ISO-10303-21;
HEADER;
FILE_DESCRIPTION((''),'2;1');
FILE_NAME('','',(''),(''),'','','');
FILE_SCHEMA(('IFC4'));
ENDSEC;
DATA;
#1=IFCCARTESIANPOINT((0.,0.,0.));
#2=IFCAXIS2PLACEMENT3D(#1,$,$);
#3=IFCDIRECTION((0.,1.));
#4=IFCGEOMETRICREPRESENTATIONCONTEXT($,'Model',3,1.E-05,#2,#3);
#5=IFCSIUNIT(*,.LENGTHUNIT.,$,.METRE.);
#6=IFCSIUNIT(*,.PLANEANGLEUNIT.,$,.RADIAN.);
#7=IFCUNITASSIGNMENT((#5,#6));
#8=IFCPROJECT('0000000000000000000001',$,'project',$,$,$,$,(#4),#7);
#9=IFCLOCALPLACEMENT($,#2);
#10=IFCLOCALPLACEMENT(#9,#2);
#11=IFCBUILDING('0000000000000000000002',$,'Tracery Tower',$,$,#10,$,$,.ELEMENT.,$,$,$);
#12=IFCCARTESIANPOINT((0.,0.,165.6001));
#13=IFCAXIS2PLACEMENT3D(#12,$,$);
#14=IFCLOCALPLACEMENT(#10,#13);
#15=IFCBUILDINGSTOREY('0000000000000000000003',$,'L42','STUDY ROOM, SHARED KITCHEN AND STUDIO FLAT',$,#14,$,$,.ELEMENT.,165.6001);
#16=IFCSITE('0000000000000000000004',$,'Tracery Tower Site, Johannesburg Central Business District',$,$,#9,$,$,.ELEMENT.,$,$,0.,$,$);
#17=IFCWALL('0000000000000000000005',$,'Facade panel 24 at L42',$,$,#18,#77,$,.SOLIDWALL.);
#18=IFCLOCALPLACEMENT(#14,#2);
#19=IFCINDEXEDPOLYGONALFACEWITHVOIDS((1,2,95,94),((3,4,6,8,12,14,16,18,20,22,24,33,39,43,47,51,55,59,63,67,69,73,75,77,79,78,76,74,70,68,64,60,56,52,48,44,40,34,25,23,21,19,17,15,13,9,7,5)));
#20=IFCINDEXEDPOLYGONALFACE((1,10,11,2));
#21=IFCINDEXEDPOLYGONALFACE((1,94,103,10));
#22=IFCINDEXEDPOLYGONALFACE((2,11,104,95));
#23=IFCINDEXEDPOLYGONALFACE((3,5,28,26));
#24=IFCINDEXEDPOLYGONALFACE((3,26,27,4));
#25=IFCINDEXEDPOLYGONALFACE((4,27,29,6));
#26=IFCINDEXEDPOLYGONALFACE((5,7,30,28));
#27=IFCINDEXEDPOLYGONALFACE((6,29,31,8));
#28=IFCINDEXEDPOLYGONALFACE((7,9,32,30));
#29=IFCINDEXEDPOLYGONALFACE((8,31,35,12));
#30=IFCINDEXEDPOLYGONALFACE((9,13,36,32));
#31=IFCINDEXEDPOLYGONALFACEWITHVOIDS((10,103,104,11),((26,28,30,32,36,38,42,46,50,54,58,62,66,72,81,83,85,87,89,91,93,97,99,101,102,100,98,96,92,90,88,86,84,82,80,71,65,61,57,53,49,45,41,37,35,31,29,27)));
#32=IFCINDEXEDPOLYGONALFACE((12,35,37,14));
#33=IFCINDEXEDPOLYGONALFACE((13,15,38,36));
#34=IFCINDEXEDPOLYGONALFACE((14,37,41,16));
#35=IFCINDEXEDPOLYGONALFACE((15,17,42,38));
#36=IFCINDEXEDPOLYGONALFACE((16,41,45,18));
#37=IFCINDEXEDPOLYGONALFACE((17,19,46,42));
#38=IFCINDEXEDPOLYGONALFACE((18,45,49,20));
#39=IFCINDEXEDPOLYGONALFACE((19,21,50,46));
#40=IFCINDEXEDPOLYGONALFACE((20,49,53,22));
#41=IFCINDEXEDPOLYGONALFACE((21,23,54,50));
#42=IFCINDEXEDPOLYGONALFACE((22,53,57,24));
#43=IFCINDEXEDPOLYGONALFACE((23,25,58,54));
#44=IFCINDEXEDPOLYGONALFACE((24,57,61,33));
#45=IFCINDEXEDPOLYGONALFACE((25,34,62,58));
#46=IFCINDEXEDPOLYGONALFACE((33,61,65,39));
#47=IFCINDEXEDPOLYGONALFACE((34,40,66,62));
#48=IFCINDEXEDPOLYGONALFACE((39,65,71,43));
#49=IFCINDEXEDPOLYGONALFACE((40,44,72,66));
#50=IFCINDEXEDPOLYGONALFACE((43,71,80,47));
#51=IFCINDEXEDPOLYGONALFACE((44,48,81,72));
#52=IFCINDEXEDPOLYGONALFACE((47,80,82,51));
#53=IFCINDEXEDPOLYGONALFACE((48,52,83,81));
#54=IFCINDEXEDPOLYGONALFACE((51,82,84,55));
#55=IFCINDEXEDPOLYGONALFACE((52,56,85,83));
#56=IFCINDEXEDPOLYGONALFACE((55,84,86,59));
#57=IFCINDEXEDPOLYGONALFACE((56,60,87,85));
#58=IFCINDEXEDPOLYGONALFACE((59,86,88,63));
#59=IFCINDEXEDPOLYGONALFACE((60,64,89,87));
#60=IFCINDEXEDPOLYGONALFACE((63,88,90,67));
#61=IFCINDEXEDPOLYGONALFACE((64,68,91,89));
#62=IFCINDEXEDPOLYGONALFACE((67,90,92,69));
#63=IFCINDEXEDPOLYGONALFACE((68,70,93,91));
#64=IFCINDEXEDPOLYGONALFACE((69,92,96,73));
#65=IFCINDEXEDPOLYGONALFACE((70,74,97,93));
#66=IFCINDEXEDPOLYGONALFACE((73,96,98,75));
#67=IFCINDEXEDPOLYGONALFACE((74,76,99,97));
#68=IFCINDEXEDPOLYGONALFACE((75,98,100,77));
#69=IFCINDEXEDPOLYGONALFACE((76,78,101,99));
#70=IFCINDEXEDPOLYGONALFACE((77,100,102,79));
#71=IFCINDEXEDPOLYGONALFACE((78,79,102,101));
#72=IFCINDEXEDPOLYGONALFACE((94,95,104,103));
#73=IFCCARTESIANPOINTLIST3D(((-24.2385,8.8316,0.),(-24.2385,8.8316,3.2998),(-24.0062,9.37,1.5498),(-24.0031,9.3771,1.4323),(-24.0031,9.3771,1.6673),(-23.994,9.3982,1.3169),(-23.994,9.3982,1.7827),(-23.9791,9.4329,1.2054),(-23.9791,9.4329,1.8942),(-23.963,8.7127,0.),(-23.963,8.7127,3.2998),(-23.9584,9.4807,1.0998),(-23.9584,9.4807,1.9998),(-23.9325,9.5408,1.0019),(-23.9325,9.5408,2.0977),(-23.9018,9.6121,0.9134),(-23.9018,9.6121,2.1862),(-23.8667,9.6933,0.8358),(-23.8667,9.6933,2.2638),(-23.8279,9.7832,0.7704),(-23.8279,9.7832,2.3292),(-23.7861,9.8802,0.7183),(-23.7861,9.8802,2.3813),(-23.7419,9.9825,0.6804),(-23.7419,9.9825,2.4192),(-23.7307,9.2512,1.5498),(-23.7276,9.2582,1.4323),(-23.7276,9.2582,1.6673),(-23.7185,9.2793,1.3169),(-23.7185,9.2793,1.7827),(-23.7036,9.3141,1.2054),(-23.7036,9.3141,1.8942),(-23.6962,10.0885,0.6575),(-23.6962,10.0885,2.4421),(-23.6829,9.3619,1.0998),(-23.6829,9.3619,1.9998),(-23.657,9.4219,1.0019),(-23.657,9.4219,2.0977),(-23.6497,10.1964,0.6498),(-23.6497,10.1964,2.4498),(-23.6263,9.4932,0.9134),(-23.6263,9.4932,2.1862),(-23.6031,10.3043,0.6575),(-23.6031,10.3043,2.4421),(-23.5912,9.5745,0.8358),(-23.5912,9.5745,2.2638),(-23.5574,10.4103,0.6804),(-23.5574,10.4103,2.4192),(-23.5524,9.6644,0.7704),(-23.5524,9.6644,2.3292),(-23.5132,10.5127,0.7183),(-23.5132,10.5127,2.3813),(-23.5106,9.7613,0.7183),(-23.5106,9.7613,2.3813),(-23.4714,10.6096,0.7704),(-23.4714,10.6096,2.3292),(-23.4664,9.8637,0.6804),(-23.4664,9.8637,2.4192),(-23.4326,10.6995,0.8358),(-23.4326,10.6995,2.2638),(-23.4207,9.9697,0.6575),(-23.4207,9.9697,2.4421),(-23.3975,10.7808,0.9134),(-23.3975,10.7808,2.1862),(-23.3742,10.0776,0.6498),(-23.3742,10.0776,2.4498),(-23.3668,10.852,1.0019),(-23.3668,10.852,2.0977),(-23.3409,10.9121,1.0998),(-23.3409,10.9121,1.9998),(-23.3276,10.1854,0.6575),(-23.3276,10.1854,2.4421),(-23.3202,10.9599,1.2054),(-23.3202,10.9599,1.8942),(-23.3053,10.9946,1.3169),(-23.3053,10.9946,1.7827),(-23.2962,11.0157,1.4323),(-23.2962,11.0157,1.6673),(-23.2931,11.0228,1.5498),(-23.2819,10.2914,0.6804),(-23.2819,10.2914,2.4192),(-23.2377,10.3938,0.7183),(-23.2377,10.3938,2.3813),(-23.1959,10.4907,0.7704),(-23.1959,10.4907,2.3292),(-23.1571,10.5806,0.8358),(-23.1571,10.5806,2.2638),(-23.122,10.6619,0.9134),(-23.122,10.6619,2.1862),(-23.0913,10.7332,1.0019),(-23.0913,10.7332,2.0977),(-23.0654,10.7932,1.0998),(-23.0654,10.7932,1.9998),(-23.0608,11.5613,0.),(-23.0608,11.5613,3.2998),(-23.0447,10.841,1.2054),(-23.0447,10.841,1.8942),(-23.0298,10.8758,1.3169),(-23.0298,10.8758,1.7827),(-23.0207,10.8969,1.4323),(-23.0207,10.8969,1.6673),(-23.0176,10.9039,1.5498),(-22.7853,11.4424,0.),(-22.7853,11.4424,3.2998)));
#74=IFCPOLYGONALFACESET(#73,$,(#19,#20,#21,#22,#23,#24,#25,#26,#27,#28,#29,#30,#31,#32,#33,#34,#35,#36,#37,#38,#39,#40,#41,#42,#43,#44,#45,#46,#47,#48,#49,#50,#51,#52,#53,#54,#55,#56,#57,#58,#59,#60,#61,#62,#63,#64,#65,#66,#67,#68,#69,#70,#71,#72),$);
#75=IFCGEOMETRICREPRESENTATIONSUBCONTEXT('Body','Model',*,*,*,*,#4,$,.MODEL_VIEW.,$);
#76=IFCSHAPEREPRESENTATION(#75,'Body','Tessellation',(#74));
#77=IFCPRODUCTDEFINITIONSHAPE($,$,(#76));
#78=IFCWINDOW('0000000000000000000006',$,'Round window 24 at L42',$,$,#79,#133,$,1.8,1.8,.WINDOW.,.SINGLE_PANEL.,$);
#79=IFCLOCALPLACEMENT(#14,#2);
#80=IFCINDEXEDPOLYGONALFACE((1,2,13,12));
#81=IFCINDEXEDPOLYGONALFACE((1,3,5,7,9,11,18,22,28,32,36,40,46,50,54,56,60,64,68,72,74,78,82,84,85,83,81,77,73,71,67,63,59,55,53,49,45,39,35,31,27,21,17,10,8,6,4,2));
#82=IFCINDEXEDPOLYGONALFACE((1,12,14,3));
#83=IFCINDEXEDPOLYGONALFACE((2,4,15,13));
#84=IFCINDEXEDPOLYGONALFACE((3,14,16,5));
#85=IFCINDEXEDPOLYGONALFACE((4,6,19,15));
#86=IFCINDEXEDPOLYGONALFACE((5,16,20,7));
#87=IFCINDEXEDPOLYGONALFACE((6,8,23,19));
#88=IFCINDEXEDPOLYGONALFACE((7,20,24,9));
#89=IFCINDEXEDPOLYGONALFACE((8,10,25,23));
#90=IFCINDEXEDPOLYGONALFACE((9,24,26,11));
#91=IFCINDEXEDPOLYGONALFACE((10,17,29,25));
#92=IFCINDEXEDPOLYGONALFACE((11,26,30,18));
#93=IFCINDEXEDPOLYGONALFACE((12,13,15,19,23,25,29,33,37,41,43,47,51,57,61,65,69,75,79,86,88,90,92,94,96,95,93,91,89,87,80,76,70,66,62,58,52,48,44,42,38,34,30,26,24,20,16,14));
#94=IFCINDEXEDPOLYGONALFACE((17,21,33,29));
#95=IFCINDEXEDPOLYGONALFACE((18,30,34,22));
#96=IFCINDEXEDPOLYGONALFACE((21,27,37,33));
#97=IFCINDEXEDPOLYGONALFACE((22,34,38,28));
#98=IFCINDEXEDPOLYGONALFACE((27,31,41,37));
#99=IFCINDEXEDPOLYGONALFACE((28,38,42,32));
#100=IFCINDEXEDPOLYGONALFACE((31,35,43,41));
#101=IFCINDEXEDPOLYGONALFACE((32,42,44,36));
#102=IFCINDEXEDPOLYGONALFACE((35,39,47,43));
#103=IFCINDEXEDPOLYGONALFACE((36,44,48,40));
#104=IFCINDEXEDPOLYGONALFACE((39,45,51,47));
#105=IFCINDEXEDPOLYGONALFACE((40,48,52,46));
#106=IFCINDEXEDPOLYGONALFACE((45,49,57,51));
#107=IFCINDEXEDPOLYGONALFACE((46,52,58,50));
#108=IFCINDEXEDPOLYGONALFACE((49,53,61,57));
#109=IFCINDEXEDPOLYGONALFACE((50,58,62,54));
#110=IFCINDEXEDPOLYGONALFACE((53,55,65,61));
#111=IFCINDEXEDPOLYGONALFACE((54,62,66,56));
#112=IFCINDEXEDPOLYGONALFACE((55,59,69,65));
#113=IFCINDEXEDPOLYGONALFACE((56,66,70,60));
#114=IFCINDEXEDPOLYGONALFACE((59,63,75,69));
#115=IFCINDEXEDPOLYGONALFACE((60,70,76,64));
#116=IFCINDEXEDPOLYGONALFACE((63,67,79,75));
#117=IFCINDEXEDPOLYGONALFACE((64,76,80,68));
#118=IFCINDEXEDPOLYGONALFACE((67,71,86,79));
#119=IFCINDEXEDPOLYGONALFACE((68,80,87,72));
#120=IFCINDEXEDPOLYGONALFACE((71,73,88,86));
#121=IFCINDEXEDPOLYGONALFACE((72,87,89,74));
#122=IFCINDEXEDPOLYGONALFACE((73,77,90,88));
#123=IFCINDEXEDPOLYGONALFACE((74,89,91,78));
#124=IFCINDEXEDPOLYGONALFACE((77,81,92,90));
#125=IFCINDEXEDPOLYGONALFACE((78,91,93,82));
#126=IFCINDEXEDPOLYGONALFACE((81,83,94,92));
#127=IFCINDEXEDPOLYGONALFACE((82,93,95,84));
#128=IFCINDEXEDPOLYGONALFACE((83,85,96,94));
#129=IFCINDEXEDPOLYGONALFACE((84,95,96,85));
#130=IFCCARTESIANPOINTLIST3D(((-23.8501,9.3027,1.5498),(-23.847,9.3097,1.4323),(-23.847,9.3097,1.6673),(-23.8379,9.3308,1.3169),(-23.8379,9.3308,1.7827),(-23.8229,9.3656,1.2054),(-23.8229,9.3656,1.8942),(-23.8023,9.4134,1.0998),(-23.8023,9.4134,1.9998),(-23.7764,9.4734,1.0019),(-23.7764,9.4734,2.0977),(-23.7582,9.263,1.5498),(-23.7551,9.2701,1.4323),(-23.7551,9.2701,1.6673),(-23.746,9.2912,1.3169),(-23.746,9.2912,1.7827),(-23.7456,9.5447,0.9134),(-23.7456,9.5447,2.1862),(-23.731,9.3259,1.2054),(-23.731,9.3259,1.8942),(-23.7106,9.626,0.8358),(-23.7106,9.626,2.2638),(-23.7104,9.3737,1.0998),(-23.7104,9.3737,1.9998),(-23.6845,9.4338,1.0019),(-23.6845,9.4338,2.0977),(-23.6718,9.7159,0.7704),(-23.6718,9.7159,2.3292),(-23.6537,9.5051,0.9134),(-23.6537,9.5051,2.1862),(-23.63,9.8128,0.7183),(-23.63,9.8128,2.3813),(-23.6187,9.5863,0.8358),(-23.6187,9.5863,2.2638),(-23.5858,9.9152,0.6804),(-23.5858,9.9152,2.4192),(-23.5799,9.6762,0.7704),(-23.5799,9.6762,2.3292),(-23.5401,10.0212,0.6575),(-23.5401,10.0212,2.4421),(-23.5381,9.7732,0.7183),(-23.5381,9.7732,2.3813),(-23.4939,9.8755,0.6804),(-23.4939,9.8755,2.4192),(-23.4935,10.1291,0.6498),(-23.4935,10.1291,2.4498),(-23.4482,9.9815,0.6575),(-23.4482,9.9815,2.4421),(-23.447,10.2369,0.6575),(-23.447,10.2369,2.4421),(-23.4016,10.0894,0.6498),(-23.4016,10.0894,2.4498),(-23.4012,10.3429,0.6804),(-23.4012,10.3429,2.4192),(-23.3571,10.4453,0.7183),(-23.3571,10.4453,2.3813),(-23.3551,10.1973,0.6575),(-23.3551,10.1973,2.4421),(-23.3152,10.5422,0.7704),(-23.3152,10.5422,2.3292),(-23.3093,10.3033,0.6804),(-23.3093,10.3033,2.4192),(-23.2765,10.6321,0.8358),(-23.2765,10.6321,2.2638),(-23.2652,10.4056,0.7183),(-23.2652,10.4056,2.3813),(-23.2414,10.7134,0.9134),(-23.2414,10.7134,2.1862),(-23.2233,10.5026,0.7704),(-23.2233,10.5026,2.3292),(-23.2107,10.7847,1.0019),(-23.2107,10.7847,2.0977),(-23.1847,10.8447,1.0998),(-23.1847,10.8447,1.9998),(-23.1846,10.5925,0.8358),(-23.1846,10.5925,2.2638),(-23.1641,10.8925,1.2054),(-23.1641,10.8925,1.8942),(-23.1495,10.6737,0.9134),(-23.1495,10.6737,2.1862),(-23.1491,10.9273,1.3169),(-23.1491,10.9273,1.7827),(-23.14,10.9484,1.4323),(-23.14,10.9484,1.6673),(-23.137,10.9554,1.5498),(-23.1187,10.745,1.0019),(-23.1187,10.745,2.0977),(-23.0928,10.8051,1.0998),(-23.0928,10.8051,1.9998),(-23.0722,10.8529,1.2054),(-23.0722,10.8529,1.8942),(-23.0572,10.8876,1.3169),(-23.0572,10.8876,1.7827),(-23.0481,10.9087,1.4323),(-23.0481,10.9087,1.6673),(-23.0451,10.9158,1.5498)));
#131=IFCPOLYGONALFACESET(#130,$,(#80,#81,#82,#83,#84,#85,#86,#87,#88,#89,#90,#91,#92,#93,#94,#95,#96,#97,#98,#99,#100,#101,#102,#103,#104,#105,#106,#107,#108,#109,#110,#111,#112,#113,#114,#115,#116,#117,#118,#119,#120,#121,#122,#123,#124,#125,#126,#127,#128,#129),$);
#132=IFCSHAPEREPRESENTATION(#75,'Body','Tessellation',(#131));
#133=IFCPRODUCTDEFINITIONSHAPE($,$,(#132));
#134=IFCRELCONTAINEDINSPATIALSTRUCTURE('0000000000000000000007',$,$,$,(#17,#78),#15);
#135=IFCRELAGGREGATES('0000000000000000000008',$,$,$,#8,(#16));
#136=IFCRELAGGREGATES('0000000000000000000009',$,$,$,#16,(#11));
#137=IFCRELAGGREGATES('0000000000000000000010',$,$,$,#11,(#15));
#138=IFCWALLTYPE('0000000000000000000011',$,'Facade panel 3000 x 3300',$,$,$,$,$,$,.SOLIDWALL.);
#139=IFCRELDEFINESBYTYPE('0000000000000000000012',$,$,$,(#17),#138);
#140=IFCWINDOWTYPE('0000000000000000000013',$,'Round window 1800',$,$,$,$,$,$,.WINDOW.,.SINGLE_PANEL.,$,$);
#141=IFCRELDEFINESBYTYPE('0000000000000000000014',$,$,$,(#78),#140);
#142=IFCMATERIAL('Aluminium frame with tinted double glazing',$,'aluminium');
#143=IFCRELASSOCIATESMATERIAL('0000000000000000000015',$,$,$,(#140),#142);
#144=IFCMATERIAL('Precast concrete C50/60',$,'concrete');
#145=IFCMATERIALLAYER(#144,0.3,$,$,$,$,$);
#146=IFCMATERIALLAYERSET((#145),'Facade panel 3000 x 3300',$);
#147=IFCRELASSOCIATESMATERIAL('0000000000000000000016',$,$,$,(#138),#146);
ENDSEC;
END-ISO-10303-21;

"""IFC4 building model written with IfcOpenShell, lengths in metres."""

from ifc_helpers import new_model, si_unit, direction, frame, frame_2d, origin, origin_2d, place, context, subcontext, project, spatial, rectangle, circle, extrude, material, layer, layer_set, type_object, element, fill, save


model = new_model("IFC4")

# Units and contexts
model_context = context("Model", 3, precision=1e-05, world=origin(), true_north=direction((0.0, 1.0)))
body_context = subcontext(model_context, "Body", "Model", "MODEL_VIEW")
ifc_project = project(units=[si_unit("LENGTHUNIT", "METRE"), si_unit("PLANEANGLEUNIT", "RADIAN")], contexts=[model_context])

# Site, building, storey
site_placement = place(None, origin())
site = spatial("IfcSite", under=ifc_project, at=site_placement, Name="Tracery Tower Site, Johannesburg Central Business District", CompositionType="ELEMENT", RefElevation=0.0)
building_placement = place(site_placement, origin())
building = spatial("IfcBuilding", under=site, at=building_placement, Name="Tracery Tower", CompositionType="ELEMENT")
storey_placement = place(building_placement, frame((0.0, 0.0, 165.6001)))
storey = spatial("IfcBuildingStorey", under=building, at=storey_placement, Name="L42", Description="STUDY ROOM, SHARED KITCHEN AND STUDIO FLAT", CompositionType="ELEMENT", Elevation=165.6001)

# Wall, opening, window
ifc_material_1 = material(Name="Aluminium frame with tinted double glazing", Category="aluminium")
window_type = type_object("IfcWindowType", Name="Round window 1800", PartitioningType="SINGLE_PANEL", PredefinedType="WINDOW", material=ifc_material_1)
ifc_material_2 = material(Name="Precast concrete C50/60", Category="concrete")
ifc_layer_1 = layer(ifc_material_2, 0.3)
ifc_layer_set_1 = layer_set([ifc_layer_1], Name="Facade panel 3000 x 3300")
wall_type_1 = type_object("IfcWallType", Name="Facade panel 3000 x 3300", PredefinedType="SOLIDWALL", material=ifc_layer_set_1)
wall_1_placement = place(storey_placement, frame((-22.9231, 11.5017, 0.0), z_axis=(0.0, 0.0, 1.0), x_axis=(-0.396148, -0.918187, 0.0)))
wall_1 = element("IfcWall", 1, at=wall_1_placement, inside=storey, type_object=wall_type_1, Name="Facade panel 24 at L42", PredefinedType="SOLIDWALL", context=body_context, shape_type="SweptSolid", body=[
    extrude(rectangle(XDim=2.9729, YDim=0.3, at=frame_2d((1.4863, 0.0))), origin(), (0.0, 0.0, 1.0), 3.2998),
])
opening_1_placement = place(wall_1_placement, frame((1.4863, 0.0, 1.5498)))
opening_1 = element("IfcOpeningElement", 2, at=opening_1_placement, cuts=wall_1, PredefinedType="OPENING", context=body_context, shape_type="SweptSolid", body=[
    extrude(circle(Radius=0.9, at=origin_2d()), frame((0.0, 0.1599, 0.0), z_axis=(0.0, -1.0, 0.0), x_axis=(1.0, 0.0, 0.0)), (0.0, 0.0, 1.0), 0.3201),
])
window_1_placement = place(opening_1_placement, origin())
window_1 = element("IfcWindow", 3, at=window_1_placement, inside=storey, type_object=window_type, Name="Round window 24 at L42", OverallHeight=1.8, OverallWidth=1.8, PartitioningType="SINGLE_PANEL", PredefinedType="WINDOW", context=body_context, shape_type="SweptSolid", body=[
    extrude(circle(Radius=0.9, at=origin_2d()), frame((0.0, 0.1201, 0.0), z_axis=(0.0, -1.0, 0.0), x_axis=(1.0, 0.0, 0.0)), (0.0, 0.0, 1.0), 0.1001),
])
fill(opening_1, window_1)

save(model, "model.ifc")
